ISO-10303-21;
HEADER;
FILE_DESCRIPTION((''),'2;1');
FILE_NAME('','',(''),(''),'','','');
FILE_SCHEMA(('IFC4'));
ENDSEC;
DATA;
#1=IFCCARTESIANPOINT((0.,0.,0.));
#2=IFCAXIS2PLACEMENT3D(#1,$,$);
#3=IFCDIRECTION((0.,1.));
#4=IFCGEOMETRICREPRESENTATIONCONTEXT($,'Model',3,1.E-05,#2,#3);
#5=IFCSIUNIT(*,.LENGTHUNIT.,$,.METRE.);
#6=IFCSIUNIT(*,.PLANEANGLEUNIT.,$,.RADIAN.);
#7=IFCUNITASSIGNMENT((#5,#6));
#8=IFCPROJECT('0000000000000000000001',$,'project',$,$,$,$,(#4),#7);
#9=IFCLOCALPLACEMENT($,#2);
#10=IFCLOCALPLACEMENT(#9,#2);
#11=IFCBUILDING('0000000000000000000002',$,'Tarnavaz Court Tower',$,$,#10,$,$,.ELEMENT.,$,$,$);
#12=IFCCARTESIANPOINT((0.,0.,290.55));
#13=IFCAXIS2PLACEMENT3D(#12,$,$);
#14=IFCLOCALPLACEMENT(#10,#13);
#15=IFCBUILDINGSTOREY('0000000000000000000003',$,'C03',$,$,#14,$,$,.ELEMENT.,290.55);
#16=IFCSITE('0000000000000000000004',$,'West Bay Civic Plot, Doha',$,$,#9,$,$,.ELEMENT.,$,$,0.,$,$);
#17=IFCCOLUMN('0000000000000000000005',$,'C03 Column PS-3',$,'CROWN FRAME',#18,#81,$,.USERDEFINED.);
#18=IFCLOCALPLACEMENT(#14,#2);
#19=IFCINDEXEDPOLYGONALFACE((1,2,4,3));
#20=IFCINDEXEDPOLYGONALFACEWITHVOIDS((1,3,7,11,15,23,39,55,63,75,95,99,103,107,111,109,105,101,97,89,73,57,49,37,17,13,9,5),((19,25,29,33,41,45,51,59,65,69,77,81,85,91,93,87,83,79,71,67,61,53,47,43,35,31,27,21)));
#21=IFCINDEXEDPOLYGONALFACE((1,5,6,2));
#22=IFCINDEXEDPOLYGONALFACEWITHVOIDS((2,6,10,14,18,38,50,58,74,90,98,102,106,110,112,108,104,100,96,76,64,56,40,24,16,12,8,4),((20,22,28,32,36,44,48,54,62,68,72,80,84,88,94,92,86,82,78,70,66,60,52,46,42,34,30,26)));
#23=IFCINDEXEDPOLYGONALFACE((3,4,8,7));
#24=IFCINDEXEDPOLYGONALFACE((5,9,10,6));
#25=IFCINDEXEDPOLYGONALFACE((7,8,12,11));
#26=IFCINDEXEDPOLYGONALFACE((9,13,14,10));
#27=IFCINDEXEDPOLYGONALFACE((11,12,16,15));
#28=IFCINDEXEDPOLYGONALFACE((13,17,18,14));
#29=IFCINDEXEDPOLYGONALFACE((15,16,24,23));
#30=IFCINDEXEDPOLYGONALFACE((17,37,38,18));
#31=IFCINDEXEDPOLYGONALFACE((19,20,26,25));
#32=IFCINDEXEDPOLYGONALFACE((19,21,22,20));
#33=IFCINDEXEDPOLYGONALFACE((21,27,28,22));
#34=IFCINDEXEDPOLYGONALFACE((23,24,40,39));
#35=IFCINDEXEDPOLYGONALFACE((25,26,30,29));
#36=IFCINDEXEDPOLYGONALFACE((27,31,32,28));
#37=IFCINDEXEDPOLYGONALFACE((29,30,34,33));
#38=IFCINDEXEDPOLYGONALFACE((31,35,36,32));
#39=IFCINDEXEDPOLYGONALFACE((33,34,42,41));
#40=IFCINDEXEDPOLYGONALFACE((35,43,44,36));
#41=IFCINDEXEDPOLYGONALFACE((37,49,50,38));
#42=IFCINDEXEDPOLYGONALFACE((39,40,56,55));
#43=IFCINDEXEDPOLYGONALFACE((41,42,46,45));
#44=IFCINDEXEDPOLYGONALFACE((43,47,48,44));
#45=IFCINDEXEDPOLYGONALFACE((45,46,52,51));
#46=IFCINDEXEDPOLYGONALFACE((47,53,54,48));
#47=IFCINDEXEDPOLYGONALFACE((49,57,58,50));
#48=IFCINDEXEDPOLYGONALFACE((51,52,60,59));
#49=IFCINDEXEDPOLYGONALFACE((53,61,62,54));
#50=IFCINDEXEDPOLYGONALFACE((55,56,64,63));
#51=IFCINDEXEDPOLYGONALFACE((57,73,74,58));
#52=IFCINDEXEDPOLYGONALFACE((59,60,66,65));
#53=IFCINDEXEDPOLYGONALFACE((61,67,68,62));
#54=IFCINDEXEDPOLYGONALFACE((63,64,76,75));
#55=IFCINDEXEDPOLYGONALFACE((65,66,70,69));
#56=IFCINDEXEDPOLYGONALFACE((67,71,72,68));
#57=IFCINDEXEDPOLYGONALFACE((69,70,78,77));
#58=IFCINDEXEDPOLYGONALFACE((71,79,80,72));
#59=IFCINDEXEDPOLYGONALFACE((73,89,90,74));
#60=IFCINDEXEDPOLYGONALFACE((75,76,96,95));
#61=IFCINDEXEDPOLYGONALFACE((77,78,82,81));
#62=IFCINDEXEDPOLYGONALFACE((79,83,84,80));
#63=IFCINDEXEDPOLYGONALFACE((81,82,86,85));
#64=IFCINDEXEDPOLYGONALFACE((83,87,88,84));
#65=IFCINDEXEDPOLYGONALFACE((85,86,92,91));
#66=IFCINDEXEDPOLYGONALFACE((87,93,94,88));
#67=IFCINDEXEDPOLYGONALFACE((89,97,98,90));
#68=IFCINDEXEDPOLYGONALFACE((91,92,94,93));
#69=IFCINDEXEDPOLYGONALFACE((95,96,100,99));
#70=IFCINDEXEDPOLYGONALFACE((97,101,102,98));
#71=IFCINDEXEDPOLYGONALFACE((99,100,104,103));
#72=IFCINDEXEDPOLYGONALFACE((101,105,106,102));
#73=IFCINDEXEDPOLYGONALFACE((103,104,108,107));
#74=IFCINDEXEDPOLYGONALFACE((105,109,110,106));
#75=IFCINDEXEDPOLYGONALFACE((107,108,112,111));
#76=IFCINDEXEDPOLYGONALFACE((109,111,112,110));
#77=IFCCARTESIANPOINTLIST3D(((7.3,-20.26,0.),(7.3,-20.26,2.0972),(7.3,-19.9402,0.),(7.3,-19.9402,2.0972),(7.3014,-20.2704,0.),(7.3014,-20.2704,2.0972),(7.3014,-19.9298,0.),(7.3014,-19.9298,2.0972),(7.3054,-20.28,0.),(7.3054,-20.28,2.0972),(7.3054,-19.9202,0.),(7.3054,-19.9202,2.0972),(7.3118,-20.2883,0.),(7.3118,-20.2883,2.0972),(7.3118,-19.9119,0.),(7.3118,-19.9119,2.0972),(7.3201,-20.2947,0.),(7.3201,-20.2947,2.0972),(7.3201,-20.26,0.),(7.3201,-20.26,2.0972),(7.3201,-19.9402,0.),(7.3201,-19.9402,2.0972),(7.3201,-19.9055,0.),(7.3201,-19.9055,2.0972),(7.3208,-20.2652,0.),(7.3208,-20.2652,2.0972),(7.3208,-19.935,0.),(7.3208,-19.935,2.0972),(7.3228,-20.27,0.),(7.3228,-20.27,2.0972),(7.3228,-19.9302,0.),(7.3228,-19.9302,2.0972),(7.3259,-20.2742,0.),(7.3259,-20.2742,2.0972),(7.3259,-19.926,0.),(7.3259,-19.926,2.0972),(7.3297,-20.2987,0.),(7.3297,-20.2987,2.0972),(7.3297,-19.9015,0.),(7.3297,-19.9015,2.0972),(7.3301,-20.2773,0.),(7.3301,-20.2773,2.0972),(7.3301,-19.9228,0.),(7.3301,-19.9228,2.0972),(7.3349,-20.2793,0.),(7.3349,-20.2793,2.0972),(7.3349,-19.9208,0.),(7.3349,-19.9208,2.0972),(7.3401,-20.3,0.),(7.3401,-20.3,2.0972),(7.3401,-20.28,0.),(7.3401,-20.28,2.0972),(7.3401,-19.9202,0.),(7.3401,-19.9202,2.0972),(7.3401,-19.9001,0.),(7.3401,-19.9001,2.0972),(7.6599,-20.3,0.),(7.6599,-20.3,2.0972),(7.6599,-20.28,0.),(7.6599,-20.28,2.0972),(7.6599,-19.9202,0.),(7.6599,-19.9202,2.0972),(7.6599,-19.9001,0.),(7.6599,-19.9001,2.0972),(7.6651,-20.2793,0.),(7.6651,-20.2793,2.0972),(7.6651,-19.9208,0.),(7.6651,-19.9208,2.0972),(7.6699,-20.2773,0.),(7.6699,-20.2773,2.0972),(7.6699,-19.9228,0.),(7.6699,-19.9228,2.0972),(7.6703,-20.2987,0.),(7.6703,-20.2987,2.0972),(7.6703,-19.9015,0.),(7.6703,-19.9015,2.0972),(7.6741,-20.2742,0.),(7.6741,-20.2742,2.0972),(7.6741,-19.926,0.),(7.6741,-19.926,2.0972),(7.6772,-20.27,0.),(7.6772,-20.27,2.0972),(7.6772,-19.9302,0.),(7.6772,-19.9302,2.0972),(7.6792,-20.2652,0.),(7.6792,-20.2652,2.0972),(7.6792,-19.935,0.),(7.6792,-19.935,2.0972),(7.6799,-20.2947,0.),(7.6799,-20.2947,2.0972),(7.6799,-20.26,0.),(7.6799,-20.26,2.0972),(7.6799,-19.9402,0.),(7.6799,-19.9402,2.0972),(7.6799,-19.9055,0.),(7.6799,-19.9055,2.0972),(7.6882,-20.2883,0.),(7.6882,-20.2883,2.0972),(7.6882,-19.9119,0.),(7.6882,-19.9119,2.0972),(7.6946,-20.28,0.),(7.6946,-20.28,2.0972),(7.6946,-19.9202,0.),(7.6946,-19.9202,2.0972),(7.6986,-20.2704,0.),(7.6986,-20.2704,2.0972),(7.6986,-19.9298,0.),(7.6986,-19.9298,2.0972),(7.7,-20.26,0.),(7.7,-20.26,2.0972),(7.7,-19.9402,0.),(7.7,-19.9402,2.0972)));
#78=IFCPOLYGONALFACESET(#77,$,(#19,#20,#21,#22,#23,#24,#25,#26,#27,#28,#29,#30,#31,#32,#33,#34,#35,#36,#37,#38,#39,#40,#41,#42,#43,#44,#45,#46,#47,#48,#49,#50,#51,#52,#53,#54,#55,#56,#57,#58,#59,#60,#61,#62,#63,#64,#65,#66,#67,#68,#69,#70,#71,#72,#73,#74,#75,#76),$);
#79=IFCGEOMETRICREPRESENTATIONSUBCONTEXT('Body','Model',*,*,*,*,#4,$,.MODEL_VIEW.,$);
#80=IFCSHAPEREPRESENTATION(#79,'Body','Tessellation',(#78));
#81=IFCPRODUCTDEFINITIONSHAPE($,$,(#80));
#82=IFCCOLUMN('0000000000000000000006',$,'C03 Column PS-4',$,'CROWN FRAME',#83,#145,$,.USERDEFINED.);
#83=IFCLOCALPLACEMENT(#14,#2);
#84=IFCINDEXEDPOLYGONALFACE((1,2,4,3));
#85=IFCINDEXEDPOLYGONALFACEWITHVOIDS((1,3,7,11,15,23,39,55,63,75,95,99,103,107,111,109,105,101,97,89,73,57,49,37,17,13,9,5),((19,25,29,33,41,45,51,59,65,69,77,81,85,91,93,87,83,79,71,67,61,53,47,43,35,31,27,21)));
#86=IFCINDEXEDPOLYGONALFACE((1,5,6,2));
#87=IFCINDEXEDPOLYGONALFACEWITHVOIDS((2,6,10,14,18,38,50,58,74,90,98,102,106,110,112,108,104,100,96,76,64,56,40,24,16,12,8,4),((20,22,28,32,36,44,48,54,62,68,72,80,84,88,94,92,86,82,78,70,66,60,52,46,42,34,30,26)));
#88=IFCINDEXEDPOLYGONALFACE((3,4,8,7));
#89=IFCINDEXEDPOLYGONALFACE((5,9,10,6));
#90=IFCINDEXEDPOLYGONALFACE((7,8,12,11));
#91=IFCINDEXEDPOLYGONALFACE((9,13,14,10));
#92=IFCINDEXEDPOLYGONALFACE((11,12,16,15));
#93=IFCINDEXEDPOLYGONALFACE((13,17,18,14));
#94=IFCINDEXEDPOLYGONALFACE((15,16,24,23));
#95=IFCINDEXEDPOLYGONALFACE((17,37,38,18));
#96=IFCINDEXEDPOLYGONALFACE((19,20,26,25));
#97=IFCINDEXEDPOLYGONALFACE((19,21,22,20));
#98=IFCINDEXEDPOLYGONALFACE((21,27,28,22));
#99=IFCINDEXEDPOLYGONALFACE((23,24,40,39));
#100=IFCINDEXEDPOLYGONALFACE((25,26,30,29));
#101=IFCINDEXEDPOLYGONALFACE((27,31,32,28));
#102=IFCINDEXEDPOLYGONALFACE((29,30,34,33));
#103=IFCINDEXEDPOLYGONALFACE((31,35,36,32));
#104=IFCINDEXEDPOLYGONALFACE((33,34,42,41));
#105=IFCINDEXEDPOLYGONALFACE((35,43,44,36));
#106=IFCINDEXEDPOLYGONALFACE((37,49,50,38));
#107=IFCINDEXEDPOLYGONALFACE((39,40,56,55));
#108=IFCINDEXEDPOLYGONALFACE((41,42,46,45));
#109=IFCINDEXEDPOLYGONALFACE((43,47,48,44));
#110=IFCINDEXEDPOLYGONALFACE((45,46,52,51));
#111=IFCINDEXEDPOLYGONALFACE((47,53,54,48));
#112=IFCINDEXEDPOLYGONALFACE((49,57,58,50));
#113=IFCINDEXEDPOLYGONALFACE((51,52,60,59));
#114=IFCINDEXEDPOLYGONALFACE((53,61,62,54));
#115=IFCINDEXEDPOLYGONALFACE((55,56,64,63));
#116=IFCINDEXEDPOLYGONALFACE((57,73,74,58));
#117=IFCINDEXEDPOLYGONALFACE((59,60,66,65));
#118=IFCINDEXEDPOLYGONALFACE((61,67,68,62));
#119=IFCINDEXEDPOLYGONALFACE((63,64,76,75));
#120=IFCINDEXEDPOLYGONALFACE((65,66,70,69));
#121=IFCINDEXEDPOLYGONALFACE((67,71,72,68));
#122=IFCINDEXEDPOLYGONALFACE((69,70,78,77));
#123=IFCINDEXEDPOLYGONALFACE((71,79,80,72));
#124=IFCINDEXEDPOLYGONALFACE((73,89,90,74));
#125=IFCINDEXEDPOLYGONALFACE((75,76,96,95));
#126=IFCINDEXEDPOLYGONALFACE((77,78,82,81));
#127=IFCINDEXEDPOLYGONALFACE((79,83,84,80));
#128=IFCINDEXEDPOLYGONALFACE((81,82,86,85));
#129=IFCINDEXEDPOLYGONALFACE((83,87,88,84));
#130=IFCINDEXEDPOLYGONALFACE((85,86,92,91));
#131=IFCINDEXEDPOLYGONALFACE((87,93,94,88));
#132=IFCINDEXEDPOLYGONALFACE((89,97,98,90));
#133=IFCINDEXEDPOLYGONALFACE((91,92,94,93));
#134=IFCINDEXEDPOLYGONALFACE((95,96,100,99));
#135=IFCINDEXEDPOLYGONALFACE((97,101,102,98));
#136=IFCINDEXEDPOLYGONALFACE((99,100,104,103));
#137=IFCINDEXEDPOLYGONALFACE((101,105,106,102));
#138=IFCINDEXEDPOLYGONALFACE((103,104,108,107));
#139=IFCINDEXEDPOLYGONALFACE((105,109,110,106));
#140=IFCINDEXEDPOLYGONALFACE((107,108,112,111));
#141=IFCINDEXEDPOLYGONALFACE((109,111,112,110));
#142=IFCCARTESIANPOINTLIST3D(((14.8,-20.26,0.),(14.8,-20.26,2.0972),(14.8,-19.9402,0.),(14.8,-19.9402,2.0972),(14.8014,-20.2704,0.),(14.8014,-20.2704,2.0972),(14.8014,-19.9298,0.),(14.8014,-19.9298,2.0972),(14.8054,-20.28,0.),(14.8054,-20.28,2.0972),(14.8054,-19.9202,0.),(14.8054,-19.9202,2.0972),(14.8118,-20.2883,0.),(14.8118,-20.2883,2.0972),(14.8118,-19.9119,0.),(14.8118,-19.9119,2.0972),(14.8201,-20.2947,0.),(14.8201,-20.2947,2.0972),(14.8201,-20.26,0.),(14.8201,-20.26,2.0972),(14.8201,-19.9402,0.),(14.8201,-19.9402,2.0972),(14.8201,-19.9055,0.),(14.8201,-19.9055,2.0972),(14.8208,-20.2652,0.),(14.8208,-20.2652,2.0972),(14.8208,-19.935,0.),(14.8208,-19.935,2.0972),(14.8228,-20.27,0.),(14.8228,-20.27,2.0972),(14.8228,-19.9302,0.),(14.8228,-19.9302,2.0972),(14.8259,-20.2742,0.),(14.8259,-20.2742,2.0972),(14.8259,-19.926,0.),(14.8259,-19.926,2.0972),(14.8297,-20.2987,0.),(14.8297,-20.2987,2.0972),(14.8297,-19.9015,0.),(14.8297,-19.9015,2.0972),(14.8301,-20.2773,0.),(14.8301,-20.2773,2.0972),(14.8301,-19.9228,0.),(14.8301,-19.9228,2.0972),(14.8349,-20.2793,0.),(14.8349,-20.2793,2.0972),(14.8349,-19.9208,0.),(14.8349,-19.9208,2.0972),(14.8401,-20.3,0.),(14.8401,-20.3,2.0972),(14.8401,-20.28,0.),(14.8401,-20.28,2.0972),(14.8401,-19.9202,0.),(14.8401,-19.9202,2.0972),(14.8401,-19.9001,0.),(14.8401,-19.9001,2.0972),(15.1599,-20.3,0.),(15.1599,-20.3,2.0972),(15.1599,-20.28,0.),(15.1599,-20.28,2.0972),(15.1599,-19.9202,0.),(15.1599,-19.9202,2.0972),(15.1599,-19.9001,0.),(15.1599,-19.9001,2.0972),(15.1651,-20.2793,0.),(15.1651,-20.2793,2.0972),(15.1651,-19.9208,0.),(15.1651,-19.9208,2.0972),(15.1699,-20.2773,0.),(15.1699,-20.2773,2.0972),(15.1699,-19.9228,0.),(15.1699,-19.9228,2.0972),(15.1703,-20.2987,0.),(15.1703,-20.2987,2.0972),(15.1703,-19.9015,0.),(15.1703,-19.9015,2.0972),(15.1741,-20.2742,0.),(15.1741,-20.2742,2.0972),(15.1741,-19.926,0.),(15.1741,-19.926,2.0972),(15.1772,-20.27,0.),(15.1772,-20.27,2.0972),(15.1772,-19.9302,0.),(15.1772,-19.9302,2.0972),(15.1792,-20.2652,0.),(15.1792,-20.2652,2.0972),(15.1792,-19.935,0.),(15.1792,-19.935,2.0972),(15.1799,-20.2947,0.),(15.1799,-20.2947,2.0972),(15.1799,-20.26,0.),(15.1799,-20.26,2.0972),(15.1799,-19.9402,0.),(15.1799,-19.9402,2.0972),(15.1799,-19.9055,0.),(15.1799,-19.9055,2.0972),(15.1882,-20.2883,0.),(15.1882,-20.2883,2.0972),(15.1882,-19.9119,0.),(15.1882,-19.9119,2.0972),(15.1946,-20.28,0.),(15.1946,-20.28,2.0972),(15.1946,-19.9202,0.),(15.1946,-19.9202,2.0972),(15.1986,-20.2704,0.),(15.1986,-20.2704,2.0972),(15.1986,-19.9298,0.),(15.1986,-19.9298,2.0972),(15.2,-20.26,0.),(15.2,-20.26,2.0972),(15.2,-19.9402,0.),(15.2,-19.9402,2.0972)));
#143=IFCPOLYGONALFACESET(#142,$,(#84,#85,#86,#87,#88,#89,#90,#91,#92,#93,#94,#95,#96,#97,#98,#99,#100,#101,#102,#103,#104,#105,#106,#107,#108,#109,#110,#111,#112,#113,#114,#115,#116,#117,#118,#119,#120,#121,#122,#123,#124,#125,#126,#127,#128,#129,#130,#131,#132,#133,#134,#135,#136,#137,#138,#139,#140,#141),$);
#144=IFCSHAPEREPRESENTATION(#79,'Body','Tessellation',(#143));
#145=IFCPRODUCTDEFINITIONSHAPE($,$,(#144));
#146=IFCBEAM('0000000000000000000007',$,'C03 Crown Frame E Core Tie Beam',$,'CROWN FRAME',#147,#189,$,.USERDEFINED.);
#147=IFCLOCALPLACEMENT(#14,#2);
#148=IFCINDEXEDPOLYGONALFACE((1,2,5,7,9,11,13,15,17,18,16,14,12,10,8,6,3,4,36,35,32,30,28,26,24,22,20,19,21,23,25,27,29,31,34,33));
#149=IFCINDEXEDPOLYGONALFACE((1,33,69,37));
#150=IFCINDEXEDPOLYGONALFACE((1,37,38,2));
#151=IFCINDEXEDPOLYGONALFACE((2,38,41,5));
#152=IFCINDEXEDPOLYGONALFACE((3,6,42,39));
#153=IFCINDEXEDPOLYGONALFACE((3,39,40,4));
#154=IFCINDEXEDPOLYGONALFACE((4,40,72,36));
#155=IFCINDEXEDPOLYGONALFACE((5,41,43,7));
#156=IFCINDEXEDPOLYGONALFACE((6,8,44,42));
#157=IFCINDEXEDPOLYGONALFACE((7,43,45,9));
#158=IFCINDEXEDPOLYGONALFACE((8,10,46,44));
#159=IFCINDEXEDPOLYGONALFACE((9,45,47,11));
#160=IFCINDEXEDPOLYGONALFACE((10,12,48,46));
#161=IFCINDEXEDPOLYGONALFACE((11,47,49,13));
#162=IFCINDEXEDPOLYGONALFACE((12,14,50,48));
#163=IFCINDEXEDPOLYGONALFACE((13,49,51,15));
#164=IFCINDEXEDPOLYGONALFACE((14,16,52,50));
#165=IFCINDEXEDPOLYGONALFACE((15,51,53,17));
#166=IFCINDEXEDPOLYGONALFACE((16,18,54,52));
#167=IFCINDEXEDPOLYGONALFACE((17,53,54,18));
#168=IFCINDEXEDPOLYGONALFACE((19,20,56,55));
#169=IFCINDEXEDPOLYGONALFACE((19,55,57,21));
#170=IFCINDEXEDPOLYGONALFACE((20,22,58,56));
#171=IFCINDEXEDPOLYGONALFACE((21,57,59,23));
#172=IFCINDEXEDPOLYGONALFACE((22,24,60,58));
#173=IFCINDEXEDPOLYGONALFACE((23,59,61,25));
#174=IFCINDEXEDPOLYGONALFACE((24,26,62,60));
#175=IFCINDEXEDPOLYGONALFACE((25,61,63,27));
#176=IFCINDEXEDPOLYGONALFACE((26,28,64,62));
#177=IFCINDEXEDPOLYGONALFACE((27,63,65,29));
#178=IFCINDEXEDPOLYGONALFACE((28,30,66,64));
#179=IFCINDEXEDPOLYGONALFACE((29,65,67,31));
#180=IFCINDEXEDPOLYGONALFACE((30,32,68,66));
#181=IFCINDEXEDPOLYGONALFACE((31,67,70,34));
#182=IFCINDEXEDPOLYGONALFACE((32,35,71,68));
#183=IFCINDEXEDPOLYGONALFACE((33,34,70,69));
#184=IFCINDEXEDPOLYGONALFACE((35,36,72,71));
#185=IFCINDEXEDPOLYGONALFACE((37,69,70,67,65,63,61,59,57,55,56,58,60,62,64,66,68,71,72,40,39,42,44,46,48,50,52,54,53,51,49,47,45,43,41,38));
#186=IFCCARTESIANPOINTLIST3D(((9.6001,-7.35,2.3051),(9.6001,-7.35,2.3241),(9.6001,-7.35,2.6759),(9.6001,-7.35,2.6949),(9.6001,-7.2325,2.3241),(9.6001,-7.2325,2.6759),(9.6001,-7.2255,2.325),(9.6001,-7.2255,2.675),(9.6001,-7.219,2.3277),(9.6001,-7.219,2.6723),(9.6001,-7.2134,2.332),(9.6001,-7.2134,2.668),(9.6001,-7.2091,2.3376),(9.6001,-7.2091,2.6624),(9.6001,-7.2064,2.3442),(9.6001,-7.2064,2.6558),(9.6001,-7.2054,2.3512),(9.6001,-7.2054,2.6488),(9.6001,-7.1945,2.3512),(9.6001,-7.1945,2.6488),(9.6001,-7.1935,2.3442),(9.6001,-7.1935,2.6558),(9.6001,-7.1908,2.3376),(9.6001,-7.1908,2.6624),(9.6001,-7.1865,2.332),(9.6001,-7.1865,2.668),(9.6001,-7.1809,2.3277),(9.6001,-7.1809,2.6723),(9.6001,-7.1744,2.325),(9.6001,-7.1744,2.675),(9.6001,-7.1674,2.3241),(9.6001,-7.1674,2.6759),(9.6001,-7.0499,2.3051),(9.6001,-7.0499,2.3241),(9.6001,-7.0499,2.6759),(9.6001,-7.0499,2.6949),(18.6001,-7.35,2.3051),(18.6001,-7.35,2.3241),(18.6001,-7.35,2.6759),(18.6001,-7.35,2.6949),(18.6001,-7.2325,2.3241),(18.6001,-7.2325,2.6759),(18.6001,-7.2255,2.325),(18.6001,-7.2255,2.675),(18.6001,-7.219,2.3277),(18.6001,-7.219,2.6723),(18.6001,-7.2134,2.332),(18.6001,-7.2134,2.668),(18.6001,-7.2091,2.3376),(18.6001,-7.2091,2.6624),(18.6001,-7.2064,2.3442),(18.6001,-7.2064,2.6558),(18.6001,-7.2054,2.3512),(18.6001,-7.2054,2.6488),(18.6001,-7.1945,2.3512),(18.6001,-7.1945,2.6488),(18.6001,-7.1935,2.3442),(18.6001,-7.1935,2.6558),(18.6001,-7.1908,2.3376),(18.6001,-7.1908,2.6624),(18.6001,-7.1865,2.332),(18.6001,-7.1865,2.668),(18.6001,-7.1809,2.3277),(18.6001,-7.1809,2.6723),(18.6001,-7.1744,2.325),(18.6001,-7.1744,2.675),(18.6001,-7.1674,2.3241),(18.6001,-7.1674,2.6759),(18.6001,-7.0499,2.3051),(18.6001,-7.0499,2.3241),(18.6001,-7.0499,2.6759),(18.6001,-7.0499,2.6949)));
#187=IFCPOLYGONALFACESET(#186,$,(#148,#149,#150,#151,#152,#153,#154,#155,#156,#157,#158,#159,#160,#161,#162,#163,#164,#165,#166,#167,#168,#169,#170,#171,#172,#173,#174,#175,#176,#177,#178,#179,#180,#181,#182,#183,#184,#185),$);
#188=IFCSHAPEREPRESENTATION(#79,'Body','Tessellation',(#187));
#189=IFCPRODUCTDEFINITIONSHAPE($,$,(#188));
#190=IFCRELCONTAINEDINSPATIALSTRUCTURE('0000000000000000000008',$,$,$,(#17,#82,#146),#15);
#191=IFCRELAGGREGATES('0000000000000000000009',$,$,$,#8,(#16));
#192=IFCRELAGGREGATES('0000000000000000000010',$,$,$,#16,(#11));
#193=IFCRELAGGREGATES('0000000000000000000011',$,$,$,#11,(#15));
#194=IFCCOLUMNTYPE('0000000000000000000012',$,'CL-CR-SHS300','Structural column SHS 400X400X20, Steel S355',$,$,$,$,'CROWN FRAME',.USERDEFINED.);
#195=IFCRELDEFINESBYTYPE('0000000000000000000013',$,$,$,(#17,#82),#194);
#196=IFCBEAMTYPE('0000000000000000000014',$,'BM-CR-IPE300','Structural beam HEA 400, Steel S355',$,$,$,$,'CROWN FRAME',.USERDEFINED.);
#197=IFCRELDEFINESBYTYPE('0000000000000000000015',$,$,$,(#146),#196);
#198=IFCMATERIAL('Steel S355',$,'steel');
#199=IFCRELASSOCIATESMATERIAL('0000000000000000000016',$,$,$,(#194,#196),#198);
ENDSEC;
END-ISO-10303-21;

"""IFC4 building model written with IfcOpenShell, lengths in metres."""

from ifc_helpers import new_model, si_unit, direction, frame, origin, origin_2d, place, context, subcontext, project, spatial, hollow_rectangle, i_section, extrude, material, material_profile, profile_set, type_object, element, save


model = new_model("IFC4")

# Units and contexts
model_context = context("Model", 3, precision=1e-05, world=origin(), true_north=direction((0.0, 1.0)))
body_context = subcontext(model_context, "Body", "Model", "MODEL_VIEW")
ifc_project = project(units=[si_unit("LENGTHUNIT", "METRE"), si_unit("PLANEANGLEUNIT", "RADIAN")], contexts=[model_context])

# Site, building, storey
site_placement = place(None, origin())
site = spatial("IfcSite", under=ifc_project, at=site_placement, Name="West Bay Civic Plot, Doha", CompositionType="ELEMENT", RefElevation=0.0)
building_placement = place(site_placement, origin())
building = spatial("IfcBuilding", under=site, at=building_placement, Name="Tarnavaz Court Tower", CompositionType="ELEMENT")
storey_placement = place(building_placement, frame((0.0, 0.0, 290.55)))
storey = spatial("IfcBuildingStorey", under=building, at=storey_placement, Name="C03", CompositionType="ELEMENT", Elevation=290.55)

# Columns
ifc_material_1 = material(Name="Steel S355", Category="steel")
ifc_material_profile_1 = material_profile(ifc_material_1, hollow_rectangle(XDim=0.3999, YDim=0.3999, WallThickness=0.02, InnerFilletRadius=0.02, OuterFilletRadius=0.04, at=origin_2d()), Name="SHS 400X400X20")
ifc_profile_set_1 = profile_set([ifc_material_profile_1], Name="Steel S355")
column_type = type_object("IfcColumnType", Name="CL-CR-SHS300", Description="Structural column SHS 400X400X20, Steel S355", ElementType="CROWN FRAME", PredefinedType="USERDEFINED", material=ifc_profile_set_1)
for number, where, z_axis, x_axis, name in (
    (1, (7.5, -20.1001, 0.0), (0.0, 0.0, 1.0), (1.0, 0.0, 0.0), "C03 Column PS-3"),
    (2, (15.0, -20.1001, 0.0), (0.0, 0.0, 1.0), (1.0, 0.0, 0.0), "C03 Column PS-4"),
):
    element("IfcColumn", number, at=place(storey_placement, frame(where, z_axis=z_axis, x_axis=x_axis)), inside=storey, type_object=column_type, Name=name, ObjectType="CROWN FRAME", PredefinedType="USERDEFINED", context=body_context, shape_type="SweptSolid", body=[
        extrude(hollow_rectangle(XDim=0.3999, YDim=0.3999, WallThickness=0.02, InnerFilletRadius=0.02, OuterFilletRadius=0.04, at=origin_2d()), origin(), (0.0, 0.0, 1.0), 2.0972),
    ])

# Beam
ifc_material_profile_2 = material_profile(ifc_material_1, i_section(OverallWidth=0.3, OverallDepth=0.3899, WebThickness=0.011, FlangeThickness=0.019, FilletRadius=0.0271, at=origin_2d()), Name="HEA 400")
ifc_profile_set_2 = profile_set([ifc_material_profile_2], Name="Steel S355")
beam_type_1 = type_object("IfcBeamType", Name="BM-CR-IPE300", Description="Structural beam HEA 400, Steel S355", ElementType="CROWN FRAME", PredefinedType="USERDEFINED", material=ifc_profile_set_2)
beam_1_placement = place(storey_placement, frame((18.6001, -7.2, 2.5), z_axis=(-1.0, 0.0, 0.0), x_axis=(0.0, -1.0, 0.0)))
element("IfcBeam", 3, at=beam_1_placement, inside=storey, type_object=beam_type_1, Name="C03 Crown Frame E Core Tie Beam", ObjectType="CROWN FRAME", PredefinedType="USERDEFINED", context=body_context, shape_type="SweptSolid", body=[
    extrude(i_section(OverallWidth=0.3, OverallDepth=0.3899, WebThickness=0.011, FlangeThickness=0.019, FilletRadius=0.0271, at=origin_2d()), origin(), (0.0, 0.0, 1.0), 9.0),
])

save(model, "model.ifc")
